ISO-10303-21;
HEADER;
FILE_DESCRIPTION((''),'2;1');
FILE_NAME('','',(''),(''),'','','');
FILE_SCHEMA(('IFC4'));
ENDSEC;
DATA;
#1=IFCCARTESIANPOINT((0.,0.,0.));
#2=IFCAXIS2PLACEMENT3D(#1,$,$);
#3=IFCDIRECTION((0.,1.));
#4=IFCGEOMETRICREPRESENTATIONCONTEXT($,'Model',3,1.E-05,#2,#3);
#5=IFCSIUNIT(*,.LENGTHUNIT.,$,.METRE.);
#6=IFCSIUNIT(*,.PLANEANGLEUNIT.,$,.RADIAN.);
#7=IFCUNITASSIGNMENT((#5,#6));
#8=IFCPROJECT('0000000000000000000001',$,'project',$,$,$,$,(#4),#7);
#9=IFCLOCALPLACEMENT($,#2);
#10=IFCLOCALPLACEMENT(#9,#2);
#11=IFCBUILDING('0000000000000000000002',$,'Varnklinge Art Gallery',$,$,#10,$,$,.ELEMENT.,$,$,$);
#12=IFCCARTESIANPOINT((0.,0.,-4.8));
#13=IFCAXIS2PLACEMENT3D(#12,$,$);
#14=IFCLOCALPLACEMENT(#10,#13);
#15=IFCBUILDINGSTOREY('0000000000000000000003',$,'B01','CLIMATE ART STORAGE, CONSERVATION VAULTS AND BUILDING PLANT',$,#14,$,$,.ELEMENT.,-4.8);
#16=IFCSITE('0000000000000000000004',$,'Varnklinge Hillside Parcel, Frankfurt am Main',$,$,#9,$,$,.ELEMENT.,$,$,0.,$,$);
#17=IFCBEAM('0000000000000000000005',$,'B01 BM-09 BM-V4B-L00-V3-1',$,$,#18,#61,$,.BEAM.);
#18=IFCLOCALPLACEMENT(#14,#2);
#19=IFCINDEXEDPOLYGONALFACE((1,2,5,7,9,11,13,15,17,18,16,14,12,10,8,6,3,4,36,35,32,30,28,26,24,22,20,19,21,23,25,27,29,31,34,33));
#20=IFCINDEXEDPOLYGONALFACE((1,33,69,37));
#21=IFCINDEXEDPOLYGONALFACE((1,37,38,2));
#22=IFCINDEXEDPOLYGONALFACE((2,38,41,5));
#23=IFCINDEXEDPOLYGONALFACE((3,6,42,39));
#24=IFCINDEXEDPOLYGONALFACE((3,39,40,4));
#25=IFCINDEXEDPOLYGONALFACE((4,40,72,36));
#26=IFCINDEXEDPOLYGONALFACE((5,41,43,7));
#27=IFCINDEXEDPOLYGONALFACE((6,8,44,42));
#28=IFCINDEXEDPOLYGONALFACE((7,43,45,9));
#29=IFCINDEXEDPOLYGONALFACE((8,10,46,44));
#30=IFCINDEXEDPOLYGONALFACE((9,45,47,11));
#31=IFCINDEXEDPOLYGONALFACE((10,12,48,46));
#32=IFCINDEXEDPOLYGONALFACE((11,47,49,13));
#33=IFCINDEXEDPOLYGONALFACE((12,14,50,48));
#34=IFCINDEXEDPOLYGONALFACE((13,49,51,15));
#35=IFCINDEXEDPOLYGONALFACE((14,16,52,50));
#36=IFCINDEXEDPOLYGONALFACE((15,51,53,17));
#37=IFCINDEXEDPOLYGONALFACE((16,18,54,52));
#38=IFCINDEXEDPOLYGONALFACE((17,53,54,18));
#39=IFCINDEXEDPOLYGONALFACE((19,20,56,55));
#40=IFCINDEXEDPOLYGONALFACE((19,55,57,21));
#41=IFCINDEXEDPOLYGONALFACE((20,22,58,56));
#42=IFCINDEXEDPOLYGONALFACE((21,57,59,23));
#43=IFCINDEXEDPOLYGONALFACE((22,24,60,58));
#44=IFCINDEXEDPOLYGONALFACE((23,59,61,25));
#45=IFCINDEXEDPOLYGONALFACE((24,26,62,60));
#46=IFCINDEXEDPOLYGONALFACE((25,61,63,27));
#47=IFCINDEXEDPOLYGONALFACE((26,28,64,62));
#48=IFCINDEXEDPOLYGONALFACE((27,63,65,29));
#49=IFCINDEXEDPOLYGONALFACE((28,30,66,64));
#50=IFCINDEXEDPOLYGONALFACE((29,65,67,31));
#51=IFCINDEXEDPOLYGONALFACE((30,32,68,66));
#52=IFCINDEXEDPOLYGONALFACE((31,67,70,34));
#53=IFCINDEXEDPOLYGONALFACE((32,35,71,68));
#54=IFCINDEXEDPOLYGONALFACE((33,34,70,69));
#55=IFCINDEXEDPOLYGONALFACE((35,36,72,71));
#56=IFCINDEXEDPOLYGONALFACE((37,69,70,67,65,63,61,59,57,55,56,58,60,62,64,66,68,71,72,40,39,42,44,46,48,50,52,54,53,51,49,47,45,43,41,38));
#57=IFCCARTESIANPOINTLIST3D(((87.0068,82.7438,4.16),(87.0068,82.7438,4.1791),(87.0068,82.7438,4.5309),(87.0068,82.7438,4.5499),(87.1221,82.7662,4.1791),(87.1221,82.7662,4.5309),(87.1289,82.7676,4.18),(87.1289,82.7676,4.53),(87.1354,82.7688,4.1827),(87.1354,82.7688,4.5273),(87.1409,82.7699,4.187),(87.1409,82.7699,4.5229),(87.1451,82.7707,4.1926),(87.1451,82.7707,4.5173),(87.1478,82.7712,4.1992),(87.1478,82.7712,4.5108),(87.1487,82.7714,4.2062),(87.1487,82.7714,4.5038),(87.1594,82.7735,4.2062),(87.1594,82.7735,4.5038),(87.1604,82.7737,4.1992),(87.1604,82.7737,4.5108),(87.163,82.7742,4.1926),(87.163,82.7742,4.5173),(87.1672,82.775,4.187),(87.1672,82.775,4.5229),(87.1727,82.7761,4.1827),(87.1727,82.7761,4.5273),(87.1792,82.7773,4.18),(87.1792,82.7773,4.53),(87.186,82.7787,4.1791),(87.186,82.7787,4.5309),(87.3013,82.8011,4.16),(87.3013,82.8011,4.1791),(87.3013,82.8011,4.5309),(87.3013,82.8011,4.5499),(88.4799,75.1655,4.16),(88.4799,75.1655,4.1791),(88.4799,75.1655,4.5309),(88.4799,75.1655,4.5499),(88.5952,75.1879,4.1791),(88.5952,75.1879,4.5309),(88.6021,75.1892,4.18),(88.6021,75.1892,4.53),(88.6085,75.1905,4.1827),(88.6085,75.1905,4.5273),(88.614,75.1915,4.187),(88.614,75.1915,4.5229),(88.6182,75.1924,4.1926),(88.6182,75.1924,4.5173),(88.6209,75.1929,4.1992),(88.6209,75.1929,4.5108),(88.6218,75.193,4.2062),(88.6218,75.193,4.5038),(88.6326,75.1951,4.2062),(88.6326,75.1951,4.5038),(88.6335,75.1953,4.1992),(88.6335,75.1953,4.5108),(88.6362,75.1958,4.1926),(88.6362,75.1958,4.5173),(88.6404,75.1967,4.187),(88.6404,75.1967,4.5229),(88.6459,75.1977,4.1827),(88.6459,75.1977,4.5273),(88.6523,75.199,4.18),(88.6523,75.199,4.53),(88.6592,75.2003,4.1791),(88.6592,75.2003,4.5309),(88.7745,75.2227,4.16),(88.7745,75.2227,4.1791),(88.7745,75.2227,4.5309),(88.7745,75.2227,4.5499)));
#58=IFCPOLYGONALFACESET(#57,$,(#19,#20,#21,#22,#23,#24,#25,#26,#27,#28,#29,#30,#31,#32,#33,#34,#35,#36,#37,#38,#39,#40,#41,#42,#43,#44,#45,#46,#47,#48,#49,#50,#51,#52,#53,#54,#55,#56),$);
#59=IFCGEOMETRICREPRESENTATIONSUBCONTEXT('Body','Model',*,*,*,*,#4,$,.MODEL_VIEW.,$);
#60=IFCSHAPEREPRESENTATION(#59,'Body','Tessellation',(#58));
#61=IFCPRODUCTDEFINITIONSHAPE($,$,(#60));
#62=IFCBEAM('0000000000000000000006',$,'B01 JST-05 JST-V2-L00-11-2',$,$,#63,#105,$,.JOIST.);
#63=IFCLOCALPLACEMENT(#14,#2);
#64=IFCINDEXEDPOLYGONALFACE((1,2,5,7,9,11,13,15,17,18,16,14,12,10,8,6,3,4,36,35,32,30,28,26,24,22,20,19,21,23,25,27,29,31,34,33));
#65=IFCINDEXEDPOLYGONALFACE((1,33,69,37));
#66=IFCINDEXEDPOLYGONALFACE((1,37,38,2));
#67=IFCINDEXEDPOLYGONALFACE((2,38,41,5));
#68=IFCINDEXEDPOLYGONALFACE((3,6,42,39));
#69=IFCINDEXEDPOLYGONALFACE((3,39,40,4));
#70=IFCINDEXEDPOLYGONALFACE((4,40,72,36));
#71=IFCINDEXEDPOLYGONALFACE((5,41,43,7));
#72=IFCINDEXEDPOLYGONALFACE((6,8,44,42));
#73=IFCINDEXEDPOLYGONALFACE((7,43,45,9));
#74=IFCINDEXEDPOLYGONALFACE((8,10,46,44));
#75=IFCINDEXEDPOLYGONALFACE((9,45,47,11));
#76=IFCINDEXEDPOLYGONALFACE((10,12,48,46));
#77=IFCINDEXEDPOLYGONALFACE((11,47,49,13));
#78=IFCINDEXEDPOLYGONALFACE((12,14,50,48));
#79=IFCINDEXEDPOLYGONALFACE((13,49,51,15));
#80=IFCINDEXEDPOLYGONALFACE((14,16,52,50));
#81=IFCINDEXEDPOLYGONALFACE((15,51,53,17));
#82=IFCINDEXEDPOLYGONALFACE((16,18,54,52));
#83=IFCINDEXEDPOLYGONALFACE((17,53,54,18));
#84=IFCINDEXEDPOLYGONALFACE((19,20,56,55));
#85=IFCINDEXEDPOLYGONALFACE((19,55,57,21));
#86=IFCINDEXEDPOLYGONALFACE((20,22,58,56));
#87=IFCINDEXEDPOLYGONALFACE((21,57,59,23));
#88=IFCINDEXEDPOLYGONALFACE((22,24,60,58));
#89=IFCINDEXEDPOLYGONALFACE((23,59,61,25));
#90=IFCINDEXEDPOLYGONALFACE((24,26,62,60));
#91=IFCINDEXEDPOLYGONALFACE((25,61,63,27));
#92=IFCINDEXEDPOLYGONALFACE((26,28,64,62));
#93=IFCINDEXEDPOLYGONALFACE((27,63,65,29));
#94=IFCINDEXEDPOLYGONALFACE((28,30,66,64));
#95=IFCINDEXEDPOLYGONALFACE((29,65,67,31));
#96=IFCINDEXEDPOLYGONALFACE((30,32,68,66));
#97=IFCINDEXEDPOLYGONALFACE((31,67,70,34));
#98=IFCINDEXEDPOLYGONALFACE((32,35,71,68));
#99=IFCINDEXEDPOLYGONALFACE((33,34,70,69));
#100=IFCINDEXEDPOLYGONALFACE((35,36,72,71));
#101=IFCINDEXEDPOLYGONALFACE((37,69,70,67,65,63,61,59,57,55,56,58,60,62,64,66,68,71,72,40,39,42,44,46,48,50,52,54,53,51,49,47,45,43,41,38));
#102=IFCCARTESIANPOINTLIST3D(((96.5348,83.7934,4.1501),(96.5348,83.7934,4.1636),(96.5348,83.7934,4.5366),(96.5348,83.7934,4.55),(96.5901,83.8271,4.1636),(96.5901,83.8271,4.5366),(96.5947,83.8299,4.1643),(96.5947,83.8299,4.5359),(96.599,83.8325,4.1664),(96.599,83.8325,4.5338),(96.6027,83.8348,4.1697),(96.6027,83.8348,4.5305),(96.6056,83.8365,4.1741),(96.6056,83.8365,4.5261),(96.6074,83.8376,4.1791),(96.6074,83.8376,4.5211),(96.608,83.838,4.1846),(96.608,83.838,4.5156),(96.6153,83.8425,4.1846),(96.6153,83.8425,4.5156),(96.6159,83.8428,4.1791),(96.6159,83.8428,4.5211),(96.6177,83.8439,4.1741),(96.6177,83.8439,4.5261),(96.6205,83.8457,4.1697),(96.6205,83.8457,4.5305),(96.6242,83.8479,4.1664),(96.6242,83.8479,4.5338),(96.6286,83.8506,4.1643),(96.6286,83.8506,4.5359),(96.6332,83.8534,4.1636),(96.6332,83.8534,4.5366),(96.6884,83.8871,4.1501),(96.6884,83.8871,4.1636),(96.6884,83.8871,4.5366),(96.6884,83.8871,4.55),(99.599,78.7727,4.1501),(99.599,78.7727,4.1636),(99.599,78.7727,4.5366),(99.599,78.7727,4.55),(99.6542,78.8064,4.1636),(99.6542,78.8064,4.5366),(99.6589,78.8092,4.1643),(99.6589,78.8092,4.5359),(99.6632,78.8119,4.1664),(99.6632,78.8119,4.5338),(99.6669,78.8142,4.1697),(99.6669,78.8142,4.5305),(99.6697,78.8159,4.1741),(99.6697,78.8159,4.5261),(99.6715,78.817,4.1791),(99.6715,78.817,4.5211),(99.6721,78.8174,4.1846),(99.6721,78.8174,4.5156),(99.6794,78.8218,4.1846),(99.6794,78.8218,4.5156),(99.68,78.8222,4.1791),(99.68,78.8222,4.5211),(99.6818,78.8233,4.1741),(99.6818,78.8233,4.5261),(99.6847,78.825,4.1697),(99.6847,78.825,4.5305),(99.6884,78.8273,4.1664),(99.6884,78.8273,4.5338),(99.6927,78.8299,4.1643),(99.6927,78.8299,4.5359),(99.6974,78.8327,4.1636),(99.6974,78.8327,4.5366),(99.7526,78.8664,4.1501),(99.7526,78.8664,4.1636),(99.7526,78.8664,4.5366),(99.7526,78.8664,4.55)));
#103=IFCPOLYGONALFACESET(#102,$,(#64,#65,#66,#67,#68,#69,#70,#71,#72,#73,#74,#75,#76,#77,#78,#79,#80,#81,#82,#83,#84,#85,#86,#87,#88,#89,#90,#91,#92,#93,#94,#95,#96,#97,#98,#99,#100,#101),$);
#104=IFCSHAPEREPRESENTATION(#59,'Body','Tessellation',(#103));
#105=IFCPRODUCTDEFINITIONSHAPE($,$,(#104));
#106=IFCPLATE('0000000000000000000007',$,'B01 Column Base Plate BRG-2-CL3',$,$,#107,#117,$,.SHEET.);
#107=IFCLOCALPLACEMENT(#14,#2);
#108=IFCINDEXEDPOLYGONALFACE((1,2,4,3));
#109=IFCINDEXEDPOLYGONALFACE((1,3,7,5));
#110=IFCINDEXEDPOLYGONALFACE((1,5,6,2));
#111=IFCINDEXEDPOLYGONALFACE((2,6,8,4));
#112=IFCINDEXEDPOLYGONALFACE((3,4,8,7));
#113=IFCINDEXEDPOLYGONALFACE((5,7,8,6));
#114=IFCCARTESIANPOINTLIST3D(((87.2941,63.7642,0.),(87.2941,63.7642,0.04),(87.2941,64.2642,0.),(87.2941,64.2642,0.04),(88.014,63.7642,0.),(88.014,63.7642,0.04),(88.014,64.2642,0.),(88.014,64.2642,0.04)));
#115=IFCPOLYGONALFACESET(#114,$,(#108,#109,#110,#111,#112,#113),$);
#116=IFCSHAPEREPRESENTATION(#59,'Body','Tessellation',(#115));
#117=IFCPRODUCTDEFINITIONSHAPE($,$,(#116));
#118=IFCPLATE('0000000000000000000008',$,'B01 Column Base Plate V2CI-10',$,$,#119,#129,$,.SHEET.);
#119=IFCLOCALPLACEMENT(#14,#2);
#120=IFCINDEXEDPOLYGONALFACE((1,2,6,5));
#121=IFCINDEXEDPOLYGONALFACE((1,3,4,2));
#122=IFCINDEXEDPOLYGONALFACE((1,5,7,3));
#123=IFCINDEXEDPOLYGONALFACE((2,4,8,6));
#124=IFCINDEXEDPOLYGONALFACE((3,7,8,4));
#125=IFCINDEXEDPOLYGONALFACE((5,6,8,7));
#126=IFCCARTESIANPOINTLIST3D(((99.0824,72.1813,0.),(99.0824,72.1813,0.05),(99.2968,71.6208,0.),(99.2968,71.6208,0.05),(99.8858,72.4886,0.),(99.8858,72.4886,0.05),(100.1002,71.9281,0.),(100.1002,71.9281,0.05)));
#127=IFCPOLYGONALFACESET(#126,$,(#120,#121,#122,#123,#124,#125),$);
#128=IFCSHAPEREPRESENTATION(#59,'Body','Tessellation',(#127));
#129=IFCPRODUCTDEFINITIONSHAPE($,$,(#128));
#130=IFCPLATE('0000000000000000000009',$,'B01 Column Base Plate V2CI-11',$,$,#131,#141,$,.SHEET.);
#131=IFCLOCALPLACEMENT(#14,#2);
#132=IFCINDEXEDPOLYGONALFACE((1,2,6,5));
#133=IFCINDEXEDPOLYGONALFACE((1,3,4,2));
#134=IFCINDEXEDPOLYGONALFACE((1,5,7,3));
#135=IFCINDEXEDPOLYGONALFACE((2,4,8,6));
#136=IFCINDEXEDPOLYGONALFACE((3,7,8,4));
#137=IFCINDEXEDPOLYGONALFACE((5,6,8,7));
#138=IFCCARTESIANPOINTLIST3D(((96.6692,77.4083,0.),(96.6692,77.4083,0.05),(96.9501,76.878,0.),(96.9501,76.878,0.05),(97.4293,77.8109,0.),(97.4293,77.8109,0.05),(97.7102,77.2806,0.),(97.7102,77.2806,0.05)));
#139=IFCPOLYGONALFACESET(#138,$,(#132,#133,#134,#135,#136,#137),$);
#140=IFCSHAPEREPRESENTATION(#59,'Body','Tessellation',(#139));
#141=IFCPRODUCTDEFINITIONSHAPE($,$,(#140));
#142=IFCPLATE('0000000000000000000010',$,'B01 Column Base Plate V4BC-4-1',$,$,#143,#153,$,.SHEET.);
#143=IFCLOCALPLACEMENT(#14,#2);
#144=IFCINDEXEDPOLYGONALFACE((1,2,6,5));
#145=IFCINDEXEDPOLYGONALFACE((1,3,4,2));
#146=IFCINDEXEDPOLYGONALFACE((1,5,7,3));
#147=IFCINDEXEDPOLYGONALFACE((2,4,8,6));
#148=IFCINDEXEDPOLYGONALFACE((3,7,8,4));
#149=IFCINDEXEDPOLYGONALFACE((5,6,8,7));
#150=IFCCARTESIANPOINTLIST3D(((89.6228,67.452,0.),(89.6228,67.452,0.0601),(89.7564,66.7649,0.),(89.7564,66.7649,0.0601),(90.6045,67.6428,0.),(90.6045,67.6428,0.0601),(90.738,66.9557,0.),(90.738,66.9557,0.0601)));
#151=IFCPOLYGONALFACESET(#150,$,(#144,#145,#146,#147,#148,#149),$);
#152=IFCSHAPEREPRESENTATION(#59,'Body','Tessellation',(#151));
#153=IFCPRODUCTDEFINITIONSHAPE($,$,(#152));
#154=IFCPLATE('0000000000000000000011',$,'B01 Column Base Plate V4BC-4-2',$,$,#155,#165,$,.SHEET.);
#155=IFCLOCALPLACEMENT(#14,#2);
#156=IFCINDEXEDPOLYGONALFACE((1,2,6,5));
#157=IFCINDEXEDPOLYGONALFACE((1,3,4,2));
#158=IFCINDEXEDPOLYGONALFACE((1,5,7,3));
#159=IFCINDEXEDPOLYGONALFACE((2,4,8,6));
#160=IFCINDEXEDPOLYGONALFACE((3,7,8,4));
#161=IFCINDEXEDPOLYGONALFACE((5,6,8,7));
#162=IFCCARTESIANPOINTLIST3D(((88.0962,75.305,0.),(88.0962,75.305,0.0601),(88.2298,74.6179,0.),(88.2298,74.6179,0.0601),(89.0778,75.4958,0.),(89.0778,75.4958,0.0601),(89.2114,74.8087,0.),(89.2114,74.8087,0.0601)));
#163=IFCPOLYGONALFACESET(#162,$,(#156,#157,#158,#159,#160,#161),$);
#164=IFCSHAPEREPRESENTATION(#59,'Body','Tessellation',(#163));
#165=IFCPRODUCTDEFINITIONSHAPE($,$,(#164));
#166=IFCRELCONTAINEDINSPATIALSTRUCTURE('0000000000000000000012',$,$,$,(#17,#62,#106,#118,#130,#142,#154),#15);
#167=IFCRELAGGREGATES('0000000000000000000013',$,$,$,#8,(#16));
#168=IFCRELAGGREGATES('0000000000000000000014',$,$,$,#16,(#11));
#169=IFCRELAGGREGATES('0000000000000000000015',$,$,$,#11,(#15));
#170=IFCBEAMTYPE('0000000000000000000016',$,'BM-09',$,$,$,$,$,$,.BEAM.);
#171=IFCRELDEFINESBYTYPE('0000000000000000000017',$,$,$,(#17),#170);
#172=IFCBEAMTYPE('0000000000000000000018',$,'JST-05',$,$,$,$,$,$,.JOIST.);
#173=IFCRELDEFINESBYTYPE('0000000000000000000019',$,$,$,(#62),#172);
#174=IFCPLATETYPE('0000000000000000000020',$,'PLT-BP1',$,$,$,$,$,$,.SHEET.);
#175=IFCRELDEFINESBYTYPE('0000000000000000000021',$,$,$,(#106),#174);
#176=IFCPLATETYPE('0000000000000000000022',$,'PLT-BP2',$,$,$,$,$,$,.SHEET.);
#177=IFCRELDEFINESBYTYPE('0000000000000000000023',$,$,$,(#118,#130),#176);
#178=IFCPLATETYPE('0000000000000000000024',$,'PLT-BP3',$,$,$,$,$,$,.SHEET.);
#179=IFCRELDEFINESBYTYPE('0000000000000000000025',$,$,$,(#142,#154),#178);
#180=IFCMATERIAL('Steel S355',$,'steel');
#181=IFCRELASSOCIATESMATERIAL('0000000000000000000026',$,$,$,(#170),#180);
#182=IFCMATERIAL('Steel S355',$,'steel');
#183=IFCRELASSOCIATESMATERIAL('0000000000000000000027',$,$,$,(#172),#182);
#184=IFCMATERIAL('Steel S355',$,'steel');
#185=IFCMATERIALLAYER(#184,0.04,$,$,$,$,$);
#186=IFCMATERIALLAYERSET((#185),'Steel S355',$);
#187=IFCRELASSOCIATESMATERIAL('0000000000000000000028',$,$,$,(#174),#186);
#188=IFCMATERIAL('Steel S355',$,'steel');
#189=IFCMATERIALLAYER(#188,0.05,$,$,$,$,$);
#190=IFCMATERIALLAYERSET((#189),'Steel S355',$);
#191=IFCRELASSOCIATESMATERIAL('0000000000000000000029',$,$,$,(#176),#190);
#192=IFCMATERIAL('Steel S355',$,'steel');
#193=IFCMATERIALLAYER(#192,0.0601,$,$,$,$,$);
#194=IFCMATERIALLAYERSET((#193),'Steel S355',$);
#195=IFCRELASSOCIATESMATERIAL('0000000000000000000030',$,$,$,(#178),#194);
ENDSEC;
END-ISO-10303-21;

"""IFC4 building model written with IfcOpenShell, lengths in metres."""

from ifc_helpers import new_model, si_unit, direction, frame, origin, origin_2d, place, context, subcontext, project, spatial, rectangle, i_section, extrude, material, layer, layer_set, material_profile, profile_set, type_object, element, save


model = new_model("IFC4")

# Units and contexts
model_context = context("Model", 3, precision=1e-05, world=origin(), true_north=direction((0.0, 1.0)))
body_context = subcontext(model_context, "Body", "Model", "MODEL_VIEW")
ifc_project = project(units=[si_unit("LENGTHUNIT", "METRE"), si_unit("PLANEANGLEUNIT", "RADIAN")], contexts=[model_context])

# Site, building, storey
site_placement = place(None, origin())
site = spatial("IfcSite", under=ifc_project, at=site_placement, Name="Varnklinge Hillside Parcel, Frankfurt am Main", CompositionType="ELEMENT", RefElevation=0.0)
building_placement = place(site_placement, origin())
building = spatial("IfcBuilding", under=site, at=building_placement, Name="Varnklinge Art Gallery", CompositionType="ELEMENT")
storey_placement = place(building_placement, frame((0.0, 0.0, -4.8)))
storey = spatial("IfcBuildingStorey", under=building, at=storey_placement, Name="B01", Description="CLIMATE ART STORAGE, CONSERVATION VAULTS AND BUILDING PLANT", CompositionType="ELEMENT", Elevation=-4.8)

# Beams
ifc_material_1 = material(Name="Steel S355", Category="steel")
ifc_material_profile_1 = material_profile(ifc_material_1, i_section(OverallWidth=0.3, OverallDepth=0.3899, WebThickness=0.011, FlangeThickness=0.019, FilletRadius=0.0271, at=origin_2d()), Name="HEA 400")
ifc_profile_set_1 = profile_set([ifc_material_profile_1], Name="Steel S355")
beam_type_1 = type_object("IfcBeamType", Name="BM-09", PredefinedType="BEAM", material=ifc_profile_set_1)
beam_1_placement = place(storey_placement, frame((88.6272, 75.1941, 4.355), z_axis=(-0.190816, 0.981626, 0.0), x_axis=(-0.981626, -0.190816, 0.0)))
element("IfcBeam", 1, at=beam_1_placement, inside=storey, type_object=beam_type_1, Name="B01 BM-09 BM-V4B-L00-V3-1", PredefinedType="BEAM", context=body_context, shape_type="SweptSolid", body=[
    extrude(i_section(OverallWidth=0.3, OverallDepth=0.3899, WebThickness=0.011, FlangeThickness=0.019, FilletRadius=0.0271, at=origin_2d()), origin(), (0.0, 0.0, 1.0), 7.7202),
])
ifc_material_2 = material(Name="Steel S355", Category="steel")
ifc_material_profile_2 = material_profile(ifc_material_2, i_section(OverallWidth=0.1799, OverallDepth=0.3999, WebThickness=0.0085, FlangeThickness=0.0134, FilletRadius=0.021, at=origin_2d()), Name="IPE 400")
ifc_profile_set_2 = profile_set([ifc_material_profile_2], Name="Steel S355")
beam_type_2 = type_object("IfcBeamType", Name="JST-05", PredefinedType="JOIST", material=ifc_profile_set_2)
beam_2_placement = place(storey_placement, frame((99.6758, 78.8196, 4.3501), z_axis=(-0.520951, 0.853586, 0.0), x_axis=(-0.853586, -0.520951, 0.0)))
element("IfcBeam", 2, at=beam_2_placement, inside=storey, type_object=beam_type_2, Name="B01 JST-05 JST-V2-L00-11-2", PredefinedType="JOIST", context=body_context, shape_type="SweptSolid", body=[
    extrude(i_section(OverallWidth=0.1799, OverallDepth=0.3999, WebThickness=0.0085, FlangeThickness=0.0134, FilletRadius=0.021, at=origin_2d()), origin(), (0.0, 0.0, 1.0), 5.8818),
])

# Plates
ifc_material_3 = material(Name="Steel S355", Category="steel")
ifc_layer_1 = layer(ifc_material_3, 0.04)
ifc_layer_set_1 = layer_set([ifc_layer_1], Name="Steel S355")
plate_type_1 = type_object("IfcPlateType", Name="PLT-BP1", PredefinedType="SHEET", material=ifc_layer_set_1)
plate_placement = place(storey_placement, frame((87.6541, 64.0142, 0.0), z_axis=(0.0, 0.0, 1.0), x_axis=(1.0, 0.0, 0.0)))
element("IfcPlate", 3, at=plate_placement, inside=storey, type_object=plate_type_1, Name="B01 Column Base Plate BRG-2-CL3", PredefinedType="SHEET", context=body_context, shape_type="SweptSolid", body=[
    extrude(rectangle(XDim=0.72, YDim=0.5, at=origin_2d()), origin(), (0.0, 0.0, 1.0), 0.04),
])
ifc_material_4 = material(Name="Steel S355", Category="steel")
ifc_layer_2 = layer(ifc_material_4, 0.05)
ifc_layer_set_2 = layer_set([ifc_layer_2], Name="Steel S355")
plate_type_2 = type_object("IfcPlateType", Name="PLT-BP2", PredefinedType="SHEET", material=ifc_layer_set_2)
for number, where, z_axis, x_axis, name in (
    (4, (99.5913, 72.0547, 0.0), (0.0, 0.0, 1.0), (-0.934018, -0.357227, 0.0), "B01 Column Base Plate V2CI-10"),
    (5, (97.1897, 77.3445, 0.0), (0.0, 0.0, 1.0), (-0.883684, -0.468084, 0.0), "B01 Column Base Plate V2CI-11"),
):
    element("IfcPlate", number, at=place(storey_placement, frame(where, z_axis=z_axis, x_axis=x_axis)), inside=storey, type_object=plate_type_2, Name=name, PredefinedType="SHEET", context=body_context, shape_type="SweptSolid", body=[
        extrude(rectangle(XDim=0.8601, YDim=0.6001, at=origin_2d()), origin(), (0.0, 0.0, 1.0), 0.05),
    ])
ifc_material_5 = material(Name="Steel S355", Category="steel")
ifc_layer_3 = layer(ifc_material_5, 0.0601)
ifc_layer_set_3 = layer_set([ifc_layer_3], Name="Steel S355")
plate_type_3 = type_object("IfcPlateType", Name="PLT-BP3", PredefinedType="SHEET", material=ifc_layer_set_3)
for number, where, z_axis, x_axis, name in (
    (6, (90.1804, 67.2039, 0.0), (0.0, 0.0, 1.0), (0.981627, 0.190809, 0.0), "B01 Column Base Plate V4BC-4-1"),
    (7, (88.6538, 75.0569, 0.0), (0.0, 0.0, 1.0), (0.981627, 0.190809, 0.0), "B01 Column Base Plate V4BC-4-2"),
):
    element("IfcPlate", number, at=place(storey_placement, frame(where, z_axis=z_axis, x_axis=x_axis)), inside=storey, type_object=plate_type_3, Name=name, PredefinedType="SHEET", context=body_context, shape_type="SweptSolid", body=[
        extrude(rectangle(XDim=1.0, YDim=0.7, at=origin_2d()), origin(), (0.0, 0.0, 1.0), 0.0601),
    ])

save(model, "model.ifc")
